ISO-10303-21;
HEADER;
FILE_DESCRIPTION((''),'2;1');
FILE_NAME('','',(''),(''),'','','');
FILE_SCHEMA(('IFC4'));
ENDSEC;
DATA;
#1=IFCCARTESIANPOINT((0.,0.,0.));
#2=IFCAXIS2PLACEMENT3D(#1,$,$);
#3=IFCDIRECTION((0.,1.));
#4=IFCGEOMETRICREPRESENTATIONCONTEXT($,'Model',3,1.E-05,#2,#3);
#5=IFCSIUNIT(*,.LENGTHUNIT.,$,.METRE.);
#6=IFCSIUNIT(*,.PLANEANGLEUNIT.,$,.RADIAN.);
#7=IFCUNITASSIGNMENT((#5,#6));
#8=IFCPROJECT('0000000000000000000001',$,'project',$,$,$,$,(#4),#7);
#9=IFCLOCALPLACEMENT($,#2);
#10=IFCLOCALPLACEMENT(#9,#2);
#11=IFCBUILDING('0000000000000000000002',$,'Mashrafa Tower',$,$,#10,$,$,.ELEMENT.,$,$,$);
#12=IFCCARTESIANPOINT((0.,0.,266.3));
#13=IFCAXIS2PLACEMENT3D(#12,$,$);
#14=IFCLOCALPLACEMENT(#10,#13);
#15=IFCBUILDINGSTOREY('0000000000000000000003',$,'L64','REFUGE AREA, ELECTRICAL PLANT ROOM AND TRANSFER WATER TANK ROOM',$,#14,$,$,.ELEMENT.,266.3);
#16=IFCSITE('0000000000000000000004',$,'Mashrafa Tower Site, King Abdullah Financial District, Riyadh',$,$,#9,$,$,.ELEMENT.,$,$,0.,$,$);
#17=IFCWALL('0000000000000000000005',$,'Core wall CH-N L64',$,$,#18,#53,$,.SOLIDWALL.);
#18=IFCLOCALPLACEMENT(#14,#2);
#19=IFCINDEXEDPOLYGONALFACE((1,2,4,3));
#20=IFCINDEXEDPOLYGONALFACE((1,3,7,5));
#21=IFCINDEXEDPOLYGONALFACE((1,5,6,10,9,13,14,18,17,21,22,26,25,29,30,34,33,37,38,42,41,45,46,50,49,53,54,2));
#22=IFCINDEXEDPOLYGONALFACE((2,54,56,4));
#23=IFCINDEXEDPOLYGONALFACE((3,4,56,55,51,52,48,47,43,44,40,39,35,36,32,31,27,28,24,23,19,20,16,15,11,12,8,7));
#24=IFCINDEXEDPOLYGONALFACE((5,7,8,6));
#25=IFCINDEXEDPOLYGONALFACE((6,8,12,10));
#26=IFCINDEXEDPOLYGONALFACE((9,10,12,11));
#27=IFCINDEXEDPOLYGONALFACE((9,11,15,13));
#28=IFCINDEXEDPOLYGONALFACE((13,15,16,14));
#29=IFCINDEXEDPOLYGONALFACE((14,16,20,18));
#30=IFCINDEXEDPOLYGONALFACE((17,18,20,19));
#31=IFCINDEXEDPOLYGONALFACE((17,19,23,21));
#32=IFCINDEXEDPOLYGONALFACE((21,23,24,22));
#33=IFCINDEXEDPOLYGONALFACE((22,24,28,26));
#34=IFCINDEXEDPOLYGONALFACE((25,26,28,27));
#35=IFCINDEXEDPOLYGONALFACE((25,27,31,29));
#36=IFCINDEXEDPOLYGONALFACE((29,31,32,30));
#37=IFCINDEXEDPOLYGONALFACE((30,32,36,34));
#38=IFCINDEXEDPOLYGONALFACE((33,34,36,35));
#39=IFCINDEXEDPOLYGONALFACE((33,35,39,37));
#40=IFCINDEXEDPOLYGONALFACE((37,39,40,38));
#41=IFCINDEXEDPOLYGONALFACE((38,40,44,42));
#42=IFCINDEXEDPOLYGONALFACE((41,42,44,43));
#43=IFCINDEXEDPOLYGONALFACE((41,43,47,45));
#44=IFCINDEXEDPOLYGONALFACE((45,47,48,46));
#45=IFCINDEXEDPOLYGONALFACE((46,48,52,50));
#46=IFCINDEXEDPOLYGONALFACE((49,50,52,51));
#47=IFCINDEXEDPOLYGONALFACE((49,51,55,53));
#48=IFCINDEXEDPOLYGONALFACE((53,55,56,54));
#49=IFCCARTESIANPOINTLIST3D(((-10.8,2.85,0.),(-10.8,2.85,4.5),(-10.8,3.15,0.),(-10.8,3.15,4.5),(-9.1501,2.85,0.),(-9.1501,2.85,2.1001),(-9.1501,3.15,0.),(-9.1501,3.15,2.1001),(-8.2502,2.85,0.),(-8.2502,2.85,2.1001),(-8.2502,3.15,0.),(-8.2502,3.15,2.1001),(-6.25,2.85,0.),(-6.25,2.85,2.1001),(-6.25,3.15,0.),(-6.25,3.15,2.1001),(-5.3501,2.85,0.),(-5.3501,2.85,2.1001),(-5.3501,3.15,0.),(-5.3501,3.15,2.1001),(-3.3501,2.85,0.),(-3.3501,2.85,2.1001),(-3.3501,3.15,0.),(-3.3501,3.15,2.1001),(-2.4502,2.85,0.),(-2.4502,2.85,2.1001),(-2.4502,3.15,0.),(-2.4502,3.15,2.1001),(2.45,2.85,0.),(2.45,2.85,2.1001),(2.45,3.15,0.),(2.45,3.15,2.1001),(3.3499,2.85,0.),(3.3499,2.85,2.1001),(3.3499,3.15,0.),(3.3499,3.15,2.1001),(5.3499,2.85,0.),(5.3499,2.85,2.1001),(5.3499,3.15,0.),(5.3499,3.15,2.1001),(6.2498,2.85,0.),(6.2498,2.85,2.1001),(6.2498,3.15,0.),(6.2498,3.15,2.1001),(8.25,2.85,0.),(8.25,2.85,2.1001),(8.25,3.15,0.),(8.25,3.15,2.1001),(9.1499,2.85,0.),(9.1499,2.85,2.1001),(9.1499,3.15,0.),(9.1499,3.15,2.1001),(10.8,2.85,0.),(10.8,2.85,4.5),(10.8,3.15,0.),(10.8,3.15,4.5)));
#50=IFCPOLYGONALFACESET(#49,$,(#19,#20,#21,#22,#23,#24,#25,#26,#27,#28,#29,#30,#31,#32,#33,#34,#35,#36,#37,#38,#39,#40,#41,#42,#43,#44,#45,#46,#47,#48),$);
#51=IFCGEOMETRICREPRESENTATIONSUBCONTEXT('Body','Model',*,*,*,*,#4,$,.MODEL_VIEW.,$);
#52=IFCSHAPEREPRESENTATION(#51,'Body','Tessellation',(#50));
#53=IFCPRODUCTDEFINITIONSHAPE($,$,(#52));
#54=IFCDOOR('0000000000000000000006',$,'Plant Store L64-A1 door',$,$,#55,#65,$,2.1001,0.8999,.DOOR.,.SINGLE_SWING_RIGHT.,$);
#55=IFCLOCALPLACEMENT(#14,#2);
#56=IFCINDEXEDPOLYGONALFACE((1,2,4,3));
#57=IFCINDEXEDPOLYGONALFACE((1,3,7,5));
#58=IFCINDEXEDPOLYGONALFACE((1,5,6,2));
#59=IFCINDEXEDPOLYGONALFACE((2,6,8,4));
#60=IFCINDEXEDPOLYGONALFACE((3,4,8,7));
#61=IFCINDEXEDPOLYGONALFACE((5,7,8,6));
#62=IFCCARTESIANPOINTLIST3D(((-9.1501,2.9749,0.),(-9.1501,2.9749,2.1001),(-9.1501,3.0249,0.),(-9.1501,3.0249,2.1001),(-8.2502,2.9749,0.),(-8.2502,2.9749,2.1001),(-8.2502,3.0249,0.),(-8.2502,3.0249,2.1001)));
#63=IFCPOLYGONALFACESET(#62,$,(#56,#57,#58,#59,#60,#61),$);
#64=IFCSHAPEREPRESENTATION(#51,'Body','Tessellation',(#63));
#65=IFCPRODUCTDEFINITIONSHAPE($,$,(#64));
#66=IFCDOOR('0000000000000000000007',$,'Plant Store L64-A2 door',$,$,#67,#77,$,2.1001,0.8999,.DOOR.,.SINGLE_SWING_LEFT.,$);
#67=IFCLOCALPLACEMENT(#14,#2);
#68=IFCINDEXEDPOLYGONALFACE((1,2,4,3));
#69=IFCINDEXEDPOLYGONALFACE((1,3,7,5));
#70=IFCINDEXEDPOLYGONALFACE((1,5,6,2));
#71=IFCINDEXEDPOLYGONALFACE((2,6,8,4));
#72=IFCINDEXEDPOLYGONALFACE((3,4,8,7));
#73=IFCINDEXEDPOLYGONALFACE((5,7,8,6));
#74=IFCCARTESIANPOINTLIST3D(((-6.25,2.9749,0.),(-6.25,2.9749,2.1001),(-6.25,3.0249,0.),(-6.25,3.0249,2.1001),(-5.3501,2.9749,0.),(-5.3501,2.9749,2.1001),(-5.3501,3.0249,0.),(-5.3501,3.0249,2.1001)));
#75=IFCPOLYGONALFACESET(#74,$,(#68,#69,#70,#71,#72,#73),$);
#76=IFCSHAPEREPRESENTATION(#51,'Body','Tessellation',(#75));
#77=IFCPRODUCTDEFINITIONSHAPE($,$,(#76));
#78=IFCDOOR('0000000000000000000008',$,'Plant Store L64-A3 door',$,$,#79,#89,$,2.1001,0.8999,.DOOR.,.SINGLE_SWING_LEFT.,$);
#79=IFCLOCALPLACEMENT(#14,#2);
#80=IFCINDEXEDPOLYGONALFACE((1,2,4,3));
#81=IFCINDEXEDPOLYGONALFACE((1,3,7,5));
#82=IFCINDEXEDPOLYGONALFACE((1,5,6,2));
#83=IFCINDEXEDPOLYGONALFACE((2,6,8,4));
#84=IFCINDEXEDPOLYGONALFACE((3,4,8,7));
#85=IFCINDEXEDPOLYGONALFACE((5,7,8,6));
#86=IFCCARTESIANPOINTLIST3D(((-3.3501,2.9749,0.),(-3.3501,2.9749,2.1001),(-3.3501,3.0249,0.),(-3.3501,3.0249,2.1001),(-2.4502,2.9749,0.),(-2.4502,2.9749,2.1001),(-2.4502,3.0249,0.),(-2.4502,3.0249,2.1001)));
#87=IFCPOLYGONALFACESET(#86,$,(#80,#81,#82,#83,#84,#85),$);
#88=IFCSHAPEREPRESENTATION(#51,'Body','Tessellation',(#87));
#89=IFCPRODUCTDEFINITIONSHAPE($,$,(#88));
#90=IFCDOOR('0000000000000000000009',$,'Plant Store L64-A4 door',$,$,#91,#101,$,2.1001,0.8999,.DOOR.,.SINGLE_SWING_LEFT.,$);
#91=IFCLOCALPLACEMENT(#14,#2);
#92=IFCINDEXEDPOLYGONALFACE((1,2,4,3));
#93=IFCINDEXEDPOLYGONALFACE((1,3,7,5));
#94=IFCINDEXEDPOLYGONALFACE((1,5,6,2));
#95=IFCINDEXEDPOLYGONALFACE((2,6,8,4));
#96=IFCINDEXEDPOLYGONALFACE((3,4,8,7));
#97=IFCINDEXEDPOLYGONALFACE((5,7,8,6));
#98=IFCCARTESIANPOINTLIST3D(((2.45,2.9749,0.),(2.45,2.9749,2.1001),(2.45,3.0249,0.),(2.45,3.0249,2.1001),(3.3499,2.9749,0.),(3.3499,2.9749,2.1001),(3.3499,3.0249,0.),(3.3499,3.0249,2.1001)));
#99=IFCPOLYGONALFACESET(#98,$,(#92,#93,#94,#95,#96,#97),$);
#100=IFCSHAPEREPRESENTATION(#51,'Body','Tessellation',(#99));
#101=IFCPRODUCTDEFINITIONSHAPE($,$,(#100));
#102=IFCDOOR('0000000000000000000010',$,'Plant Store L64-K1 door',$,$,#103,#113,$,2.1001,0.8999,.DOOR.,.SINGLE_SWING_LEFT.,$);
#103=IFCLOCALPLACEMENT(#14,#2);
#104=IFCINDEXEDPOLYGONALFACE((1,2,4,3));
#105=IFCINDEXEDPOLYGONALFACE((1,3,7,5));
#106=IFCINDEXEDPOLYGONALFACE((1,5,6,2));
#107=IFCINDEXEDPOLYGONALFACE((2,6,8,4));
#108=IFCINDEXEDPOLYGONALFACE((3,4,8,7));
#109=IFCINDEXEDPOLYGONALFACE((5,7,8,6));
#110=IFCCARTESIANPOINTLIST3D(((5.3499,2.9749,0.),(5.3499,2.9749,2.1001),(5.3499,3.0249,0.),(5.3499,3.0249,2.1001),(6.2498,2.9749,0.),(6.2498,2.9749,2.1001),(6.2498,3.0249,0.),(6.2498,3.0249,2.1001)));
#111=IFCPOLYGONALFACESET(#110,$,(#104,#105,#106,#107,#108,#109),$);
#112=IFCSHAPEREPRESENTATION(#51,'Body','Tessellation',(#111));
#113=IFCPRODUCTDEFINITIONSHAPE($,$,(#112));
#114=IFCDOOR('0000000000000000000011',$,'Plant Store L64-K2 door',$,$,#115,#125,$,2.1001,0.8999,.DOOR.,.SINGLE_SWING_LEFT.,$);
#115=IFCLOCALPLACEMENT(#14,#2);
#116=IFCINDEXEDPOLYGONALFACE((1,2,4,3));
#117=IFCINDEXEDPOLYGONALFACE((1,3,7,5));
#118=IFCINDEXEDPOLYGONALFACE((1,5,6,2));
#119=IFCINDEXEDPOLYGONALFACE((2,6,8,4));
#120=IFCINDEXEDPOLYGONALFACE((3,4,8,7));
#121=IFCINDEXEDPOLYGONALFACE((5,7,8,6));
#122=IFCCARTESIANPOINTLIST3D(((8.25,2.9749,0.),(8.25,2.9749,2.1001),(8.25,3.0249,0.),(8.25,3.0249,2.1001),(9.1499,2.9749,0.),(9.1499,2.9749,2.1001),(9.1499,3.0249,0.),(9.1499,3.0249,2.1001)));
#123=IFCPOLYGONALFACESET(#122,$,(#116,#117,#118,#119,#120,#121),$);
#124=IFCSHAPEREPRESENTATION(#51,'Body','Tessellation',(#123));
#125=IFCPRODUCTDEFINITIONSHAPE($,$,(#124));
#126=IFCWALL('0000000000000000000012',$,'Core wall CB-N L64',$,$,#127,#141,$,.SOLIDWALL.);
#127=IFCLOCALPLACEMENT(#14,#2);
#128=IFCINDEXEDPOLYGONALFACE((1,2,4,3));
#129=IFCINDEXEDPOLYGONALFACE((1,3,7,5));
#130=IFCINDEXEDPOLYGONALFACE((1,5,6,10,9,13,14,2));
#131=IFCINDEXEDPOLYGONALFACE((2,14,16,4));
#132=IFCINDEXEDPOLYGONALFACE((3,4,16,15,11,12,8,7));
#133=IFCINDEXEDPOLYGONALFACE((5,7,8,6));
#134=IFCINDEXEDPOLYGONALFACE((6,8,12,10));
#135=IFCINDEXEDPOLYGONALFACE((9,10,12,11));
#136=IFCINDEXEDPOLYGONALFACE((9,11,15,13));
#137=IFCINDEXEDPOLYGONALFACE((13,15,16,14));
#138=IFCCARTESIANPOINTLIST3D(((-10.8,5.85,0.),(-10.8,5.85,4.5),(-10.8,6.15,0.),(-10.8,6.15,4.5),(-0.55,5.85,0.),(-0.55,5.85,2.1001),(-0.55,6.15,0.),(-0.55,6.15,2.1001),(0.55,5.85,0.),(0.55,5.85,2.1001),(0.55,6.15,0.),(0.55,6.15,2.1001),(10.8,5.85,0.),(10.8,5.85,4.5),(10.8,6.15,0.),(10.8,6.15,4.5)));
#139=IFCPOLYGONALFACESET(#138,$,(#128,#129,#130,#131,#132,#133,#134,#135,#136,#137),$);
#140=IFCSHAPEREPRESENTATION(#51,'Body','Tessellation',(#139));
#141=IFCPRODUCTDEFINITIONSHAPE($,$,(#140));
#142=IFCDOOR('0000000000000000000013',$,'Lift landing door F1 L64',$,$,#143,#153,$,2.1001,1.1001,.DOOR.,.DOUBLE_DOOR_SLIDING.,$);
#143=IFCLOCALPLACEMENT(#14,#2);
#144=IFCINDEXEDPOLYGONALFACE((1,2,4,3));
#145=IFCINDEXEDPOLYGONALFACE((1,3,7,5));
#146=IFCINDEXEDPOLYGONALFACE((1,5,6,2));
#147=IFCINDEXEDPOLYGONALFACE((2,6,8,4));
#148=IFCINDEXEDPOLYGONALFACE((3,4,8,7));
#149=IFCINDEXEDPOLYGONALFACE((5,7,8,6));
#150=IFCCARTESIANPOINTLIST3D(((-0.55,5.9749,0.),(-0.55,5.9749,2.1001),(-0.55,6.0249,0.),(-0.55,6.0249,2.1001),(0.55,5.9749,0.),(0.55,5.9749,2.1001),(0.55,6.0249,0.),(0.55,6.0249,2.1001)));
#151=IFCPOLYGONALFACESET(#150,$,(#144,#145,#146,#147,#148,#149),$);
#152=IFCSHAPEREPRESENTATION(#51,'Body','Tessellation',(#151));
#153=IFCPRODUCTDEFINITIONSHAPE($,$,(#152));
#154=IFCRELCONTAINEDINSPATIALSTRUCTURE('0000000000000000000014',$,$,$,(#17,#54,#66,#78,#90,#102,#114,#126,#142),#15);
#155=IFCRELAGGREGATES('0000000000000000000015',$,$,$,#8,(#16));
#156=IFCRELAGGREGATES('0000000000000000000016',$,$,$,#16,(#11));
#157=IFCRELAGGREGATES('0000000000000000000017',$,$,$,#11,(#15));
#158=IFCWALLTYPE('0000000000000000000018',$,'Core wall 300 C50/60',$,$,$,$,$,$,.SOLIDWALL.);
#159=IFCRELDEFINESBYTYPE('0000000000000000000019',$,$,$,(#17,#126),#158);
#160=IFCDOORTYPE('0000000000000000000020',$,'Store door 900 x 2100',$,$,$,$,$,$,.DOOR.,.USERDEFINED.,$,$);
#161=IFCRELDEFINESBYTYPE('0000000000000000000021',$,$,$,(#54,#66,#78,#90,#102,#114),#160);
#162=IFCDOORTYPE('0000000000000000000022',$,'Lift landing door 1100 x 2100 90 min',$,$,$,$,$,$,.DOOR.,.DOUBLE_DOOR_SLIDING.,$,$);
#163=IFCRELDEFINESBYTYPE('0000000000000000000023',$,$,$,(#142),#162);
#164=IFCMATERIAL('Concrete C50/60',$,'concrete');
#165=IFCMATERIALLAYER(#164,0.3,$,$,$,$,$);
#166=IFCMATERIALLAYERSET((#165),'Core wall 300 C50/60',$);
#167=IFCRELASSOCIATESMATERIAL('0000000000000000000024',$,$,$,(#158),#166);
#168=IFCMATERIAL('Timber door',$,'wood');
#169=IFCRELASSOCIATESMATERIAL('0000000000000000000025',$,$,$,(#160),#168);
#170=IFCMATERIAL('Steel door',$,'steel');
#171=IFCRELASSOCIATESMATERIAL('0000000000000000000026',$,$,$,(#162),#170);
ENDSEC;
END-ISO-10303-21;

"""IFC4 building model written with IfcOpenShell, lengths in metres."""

from ifc_helpers import new_model, si_unit, direction, frame, frame_2d, origin, place, context, subcontext, project, spatial, rectangle, extrude, material, layer, layer_set, type_object, element, fill, save


model = new_model("IFC4")

# Units and contexts
model_context = context("Model", 3, precision=1e-05, world=origin(), true_north=direction((0.0, 1.0)))
body_context = subcontext(model_context, "Body", "Model", "MODEL_VIEW")
ifc_project = project(units=[si_unit("LENGTHUNIT", "METRE"), si_unit("PLANEANGLEUNIT", "RADIAN")], contexts=[model_context])

# Site, building, storey
site_placement = place(None, origin())
site = spatial("IfcSite", under=ifc_project, at=site_placement, Name="Mashrafa Tower Site, King Abdullah Financial District, Riyadh", CompositionType="ELEMENT", RefElevation=0.0)
building_placement = place(site_placement, origin())
building = spatial("IfcBuilding", under=site, at=building_placement, Name="Mashrafa Tower", CompositionType="ELEMENT")
storey_placement = place(building_placement, frame((0.0, 0.0, 266.3)))
storey = spatial("IfcBuildingStorey", under=building, at=storey_placement, Name="L64", Description="REFUGE AREA, ELECTRICAL PLANT ROOM AND TRANSFER WATER TANK ROOM", CompositionType="ELEMENT", Elevation=266.3)

# Wall, openings, doors
ifc_material_1 = material(Name="Concrete C50/60", Category="concrete")
ifc_layer_1 = layer(ifc_material_1, 0.3)
ifc_layer_set_1 = layer_set([ifc_layer_1], Name="Core wall 300 C50/60")
wall_type = type_object("IfcWallType", Name="Core wall 300 C50/60", PredefinedType="SOLIDWALL", material=ifc_layer_set_1)
wall_1_placement = place(storey_placement, frame((-10.8, 3.0, 0.0), z_axis=(0.0, 0.0, 1.0), x_axis=(1.0, 0.0, 0.0)))
wall_1 = element("IfcWall", 1, at=wall_1_placement, inside=storey, type_object=wall_type, Name="Core wall CH-N L64", PredefinedType="SOLIDWALL", context=body_context, shape_type="SweptSolid", body=[
    extrude(rectangle(XDim=21.6001, YDim=0.3, at=frame_2d((10.8, 0.0))), origin(), (0.0, 0.0, 1.0), 4.5),
])
opening_1_placement = place(wall_1_placement, frame((1.6499, 0.0, 0.0)))
opening_1 = element("IfcOpeningElement", 2, at=opening_1_placement, cuts=wall_1, PredefinedType="OPENING", context=body_context, shape_type="SweptSolid", body=[
    extrude(rectangle(XDim=0.8999, YDim=2.1001, at=frame_2d((0.45, 1.05))), frame((0.0, 0.1599, 0.0), z_axis=(0.0, -1.0, 0.0), x_axis=(1.0, 0.0, 0.0)), (0.0, 0.0, 1.0), 0.3201),
])
opening_2_placement = place(wall_1_placement, frame((4.55, 0.0, 0.0)))
opening_2 = element("IfcOpeningElement", 3, at=opening_2_placement, cuts=wall_1, PredefinedType="OPENING", context=body_context, shape_type="SweptSolid", body=[
    extrude(rectangle(XDim=0.8999, YDim=2.1001, at=frame_2d((0.45, 1.05))), frame((0.0, 0.1599, 0.0), z_axis=(0.0, -1.0, 0.0), x_axis=(1.0, 0.0, 0.0)), (0.0, 0.0, 1.0), 0.3201),
])
opening_3_placement = place(wall_1_placement, frame((7.45, 0.0, 0.0)))
opening_3 = element("IfcOpeningElement", 4, at=opening_3_placement, cuts=wall_1, PredefinedType="OPENING", context=body_context, shape_type="SweptSolid", body=[
    extrude(rectangle(XDim=0.8999, YDim=2.1001, at=frame_2d((0.45, 1.05))), frame((0.0, 0.1599, 0.0), z_axis=(0.0, -1.0, 0.0), x_axis=(1.0, 0.0, 0.0)), (0.0, 0.0, 1.0), 0.3201),
])
opening_4_placement = place(wall_1_placement, frame((13.25, 0.0, 0.0)))
opening_4 = element("IfcOpeningElement", 5, at=opening_4_placement, cuts=wall_1, PredefinedType="OPENING", context=body_context, shape_type="SweptSolid", body=[
    extrude(rectangle(XDim=0.8999, YDim=2.1001, at=frame_2d((0.45, 1.05))), frame((0.0, 0.1599, 0.0), z_axis=(0.0, -1.0, 0.0), x_axis=(1.0, 0.0, 0.0)), (0.0, 0.0, 1.0), 0.3201),
])
opening_5_placement = place(wall_1_placement, frame((16.1499, 0.0, 0.0)))
opening_5 = element("IfcOpeningElement", 6, at=opening_5_placement, cuts=wall_1, PredefinedType="OPENING", context=body_context, shape_type="SweptSolid", body=[
    extrude(rectangle(XDim=0.8999, YDim=2.1001, at=frame_2d((0.45, 1.05))), frame((0.0, 0.1599, 0.0), z_axis=(0.0, -1.0, 0.0), x_axis=(1.0, 0.0, 0.0)), (0.0, 0.0, 1.0), 0.3201),
])
opening_6_placement = place(wall_1_placement, frame((19.05, 0.0, 0.0)))
opening_6 = element("IfcOpeningElement", 7, at=opening_6_placement, cuts=wall_1, PredefinedType="OPENING", context=body_context, shape_type="SweptSolid", body=[
    extrude(rectangle(XDim=0.8999, YDim=2.1001, at=frame_2d((0.45, 1.05))), frame((0.0, 0.1599, 0.0), z_axis=(0.0, -1.0, 0.0), x_axis=(1.0, 0.0, 0.0)), (0.0, 0.0, 1.0), 0.3201),
])
ifc_material_2 = material(Name="Timber door", Category="wood")
door_type_1 = type_object("IfcDoorType", Name="Store door 900 x 2100", OperationType="USERDEFINED", PredefinedType="DOOR", material=ifc_material_2)
door_1_placement = place(opening_1_placement, origin())
door_1 = element("IfcDoor", 8, at=door_1_placement, inside=storey, type_object=door_type_1, Name="Plant Store L64-A1 door", OperationType="SINGLE_SWING_RIGHT", OverallHeight=2.1001, OverallWidth=0.8999, PredefinedType="DOOR", context=body_context, shape_type="SweptSolid", body=[
    extrude(rectangle(XDim=0.8999, YDim=2.1001, at=frame_2d((0.45, 1.05))), frame((0.0, 0.0249, 0.0), z_axis=(0.0, -1.0, 0.0), x_axis=(1.0, 0.0, 0.0)), (0.0, 0.0, 1.0), 0.05),
])
fill(opening_1, door_1)
door_2_placement = place(opening_2_placement, origin())
door_2 = element("IfcDoor", 9, at=door_2_placement, inside=storey, type_object=door_type_1, Name="Plant Store L64-A2 door", OperationType="SINGLE_SWING_LEFT", OverallHeight=2.1001, OverallWidth=0.8999, PredefinedType="DOOR", context=body_context, shape_type="SweptSolid", body=[
    extrude(rectangle(XDim=0.8999, YDim=2.1001, at=frame_2d((0.45, 1.05))), frame((0.0, 0.0249, 0.0), z_axis=(0.0, -1.0, 0.0), x_axis=(1.0, 0.0, 0.0)), (0.0, 0.0, 1.0), 0.05),
])
fill(opening_2, door_2)
door_3_placement = place(opening_3_placement, origin())
door_3 = element("IfcDoor", 10, at=door_3_placement, inside=storey, type_object=door_type_1, Name="Plant Store L64-A3 door", OperationType="SINGLE_SWING_LEFT", OverallHeight=2.1001, OverallWidth=0.8999, PredefinedType="DOOR", context=body_context, shape_type="SweptSolid", body=[
    extrude(rectangle(XDim=0.8999, YDim=2.1001, at=frame_2d((0.45, 1.05))), frame((0.0, 0.0249, 0.0), z_axis=(0.0, -1.0, 0.0), x_axis=(1.0, 0.0, 0.0)), (0.0, 0.0, 1.0), 0.05),
])
fill(opening_3, door_3)
door_4_placement = place(opening_4_placement, origin())
door_4 = element("IfcDoor", 11, at=door_4_placement, inside=storey, type_object=door_type_1, Name="Plant Store L64-A4 door", OperationType="SINGLE_SWING_LEFT", OverallHeight=2.1001, OverallWidth=0.8999, PredefinedType="DOOR", context=body_context, shape_type="SweptSolid", body=[
    extrude(rectangle(XDim=0.8999, YDim=2.1001, at=frame_2d((0.45, 1.05))), frame((0.0, 0.0249, 0.0), z_axis=(0.0, -1.0, 0.0), x_axis=(1.0, 0.0, 0.0)), (0.0, 0.0, 1.0), 0.05),
])
fill(opening_4, door_4)
door_5_placement = place(opening_5_placement, origin())
door_5 = element("IfcDoor", 12, at=door_5_placement, inside=storey, type_object=door_type_1, Name="Plant Store L64-K1 door", OperationType="SINGLE_SWING_LEFT", OverallHeight=2.1001, OverallWidth=0.8999, PredefinedType="DOOR", context=body_context, shape_type="SweptSolid", body=[
    extrude(rectangle(XDim=0.8999, YDim=2.1001, at=frame_2d((0.45, 1.05))), frame((0.0, 0.0249, 0.0), z_axis=(0.0, -1.0, 0.0), x_axis=(1.0, 0.0, 0.0)), (0.0, 0.0, 1.0), 0.05),
])
fill(opening_5, door_5)
door_6_placement = place(opening_6_placement, origin())
door_6 = element("IfcDoor", 13, at=door_6_placement, inside=storey, type_object=door_type_1, Name="Plant Store L64-K2 door", OperationType="SINGLE_SWING_LEFT", OverallHeight=2.1001, OverallWidth=0.8999, PredefinedType="DOOR", context=body_context, shape_type="SweptSolid", body=[
    extrude(rectangle(XDim=0.8999, YDim=2.1001, at=frame_2d((0.45, 1.05))), frame((0.0, 0.0249, 0.0), z_axis=(0.0, -1.0, 0.0), x_axis=(1.0, 0.0, 0.0)), (0.0, 0.0, 1.0), 0.05),
])
fill(opening_6, door_6)

# Wall, opening, door
wall_2_placement = place(storey_placement, frame((-10.8, 6.0, 0.0), z_axis=(0.0, 0.0, 1.0), x_axis=(1.0, 0.0, 0.0)))
wall_2 = element("IfcWall", 14, at=wall_2_placement, inside=storey, type_object=wall_type, Name="Core wall CB-N L64", PredefinedType="SOLIDWALL", context=body_context, shape_type="SweptSolid", body=[
    extrude(rectangle(XDim=21.6001, YDim=0.3, at=frame_2d((10.8, 0.0))), origin(), (0.0, 0.0, 1.0), 4.5),
])
opening_7_placement = place(wall_2_placement, frame((10.25, 0.0, 0.0)))
opening_7 = element("IfcOpeningElement", 15, at=opening_7_placement, cuts=wall_2, PredefinedType="OPENING", context=body_context, shape_type="SweptSolid", body=[
    extrude(rectangle(XDim=1.1001, YDim=2.1001, at=frame_2d((0.55, 1.05))), frame((0.0, 0.1599, 0.0), z_axis=(0.0, -1.0, 0.0), x_axis=(1.0, 0.0, 0.0)), (0.0, 0.0, 1.0), 0.3201),
])
ifc_material_3 = material(Name="Steel door", Category="steel")
door_type_2 = type_object("IfcDoorType", Name="Lift landing door 1100 x 2100 90 min", OperationType="DOUBLE_DOOR_SLIDING", PredefinedType="DOOR", material=ifc_material_3)
door_7_placement = place(opening_7_placement, origin())
door_7 = element("IfcDoor", 16, at=door_7_placement, inside=storey, type_object=door_type_2, Name="Lift landing door F1 L64", OperationType="DOUBLE_DOOR_SLIDING", OverallHeight=2.1001, OverallWidth=1.1001, PredefinedType="DOOR", context=body_context, shape_type="SweptSolid", body=[
    extrude(rectangle(XDim=1.1001, YDim=2.1001, at=frame_2d((0.55, 1.05))), frame((0.0, 0.0249, 0.0), z_axis=(0.0, -1.0, 0.0), x_axis=(1.0, 0.0, 0.0)), (0.0, 0.0, 1.0), 0.05),
])
fill(opening_7, door_7)

save(model, "model.ifc")
